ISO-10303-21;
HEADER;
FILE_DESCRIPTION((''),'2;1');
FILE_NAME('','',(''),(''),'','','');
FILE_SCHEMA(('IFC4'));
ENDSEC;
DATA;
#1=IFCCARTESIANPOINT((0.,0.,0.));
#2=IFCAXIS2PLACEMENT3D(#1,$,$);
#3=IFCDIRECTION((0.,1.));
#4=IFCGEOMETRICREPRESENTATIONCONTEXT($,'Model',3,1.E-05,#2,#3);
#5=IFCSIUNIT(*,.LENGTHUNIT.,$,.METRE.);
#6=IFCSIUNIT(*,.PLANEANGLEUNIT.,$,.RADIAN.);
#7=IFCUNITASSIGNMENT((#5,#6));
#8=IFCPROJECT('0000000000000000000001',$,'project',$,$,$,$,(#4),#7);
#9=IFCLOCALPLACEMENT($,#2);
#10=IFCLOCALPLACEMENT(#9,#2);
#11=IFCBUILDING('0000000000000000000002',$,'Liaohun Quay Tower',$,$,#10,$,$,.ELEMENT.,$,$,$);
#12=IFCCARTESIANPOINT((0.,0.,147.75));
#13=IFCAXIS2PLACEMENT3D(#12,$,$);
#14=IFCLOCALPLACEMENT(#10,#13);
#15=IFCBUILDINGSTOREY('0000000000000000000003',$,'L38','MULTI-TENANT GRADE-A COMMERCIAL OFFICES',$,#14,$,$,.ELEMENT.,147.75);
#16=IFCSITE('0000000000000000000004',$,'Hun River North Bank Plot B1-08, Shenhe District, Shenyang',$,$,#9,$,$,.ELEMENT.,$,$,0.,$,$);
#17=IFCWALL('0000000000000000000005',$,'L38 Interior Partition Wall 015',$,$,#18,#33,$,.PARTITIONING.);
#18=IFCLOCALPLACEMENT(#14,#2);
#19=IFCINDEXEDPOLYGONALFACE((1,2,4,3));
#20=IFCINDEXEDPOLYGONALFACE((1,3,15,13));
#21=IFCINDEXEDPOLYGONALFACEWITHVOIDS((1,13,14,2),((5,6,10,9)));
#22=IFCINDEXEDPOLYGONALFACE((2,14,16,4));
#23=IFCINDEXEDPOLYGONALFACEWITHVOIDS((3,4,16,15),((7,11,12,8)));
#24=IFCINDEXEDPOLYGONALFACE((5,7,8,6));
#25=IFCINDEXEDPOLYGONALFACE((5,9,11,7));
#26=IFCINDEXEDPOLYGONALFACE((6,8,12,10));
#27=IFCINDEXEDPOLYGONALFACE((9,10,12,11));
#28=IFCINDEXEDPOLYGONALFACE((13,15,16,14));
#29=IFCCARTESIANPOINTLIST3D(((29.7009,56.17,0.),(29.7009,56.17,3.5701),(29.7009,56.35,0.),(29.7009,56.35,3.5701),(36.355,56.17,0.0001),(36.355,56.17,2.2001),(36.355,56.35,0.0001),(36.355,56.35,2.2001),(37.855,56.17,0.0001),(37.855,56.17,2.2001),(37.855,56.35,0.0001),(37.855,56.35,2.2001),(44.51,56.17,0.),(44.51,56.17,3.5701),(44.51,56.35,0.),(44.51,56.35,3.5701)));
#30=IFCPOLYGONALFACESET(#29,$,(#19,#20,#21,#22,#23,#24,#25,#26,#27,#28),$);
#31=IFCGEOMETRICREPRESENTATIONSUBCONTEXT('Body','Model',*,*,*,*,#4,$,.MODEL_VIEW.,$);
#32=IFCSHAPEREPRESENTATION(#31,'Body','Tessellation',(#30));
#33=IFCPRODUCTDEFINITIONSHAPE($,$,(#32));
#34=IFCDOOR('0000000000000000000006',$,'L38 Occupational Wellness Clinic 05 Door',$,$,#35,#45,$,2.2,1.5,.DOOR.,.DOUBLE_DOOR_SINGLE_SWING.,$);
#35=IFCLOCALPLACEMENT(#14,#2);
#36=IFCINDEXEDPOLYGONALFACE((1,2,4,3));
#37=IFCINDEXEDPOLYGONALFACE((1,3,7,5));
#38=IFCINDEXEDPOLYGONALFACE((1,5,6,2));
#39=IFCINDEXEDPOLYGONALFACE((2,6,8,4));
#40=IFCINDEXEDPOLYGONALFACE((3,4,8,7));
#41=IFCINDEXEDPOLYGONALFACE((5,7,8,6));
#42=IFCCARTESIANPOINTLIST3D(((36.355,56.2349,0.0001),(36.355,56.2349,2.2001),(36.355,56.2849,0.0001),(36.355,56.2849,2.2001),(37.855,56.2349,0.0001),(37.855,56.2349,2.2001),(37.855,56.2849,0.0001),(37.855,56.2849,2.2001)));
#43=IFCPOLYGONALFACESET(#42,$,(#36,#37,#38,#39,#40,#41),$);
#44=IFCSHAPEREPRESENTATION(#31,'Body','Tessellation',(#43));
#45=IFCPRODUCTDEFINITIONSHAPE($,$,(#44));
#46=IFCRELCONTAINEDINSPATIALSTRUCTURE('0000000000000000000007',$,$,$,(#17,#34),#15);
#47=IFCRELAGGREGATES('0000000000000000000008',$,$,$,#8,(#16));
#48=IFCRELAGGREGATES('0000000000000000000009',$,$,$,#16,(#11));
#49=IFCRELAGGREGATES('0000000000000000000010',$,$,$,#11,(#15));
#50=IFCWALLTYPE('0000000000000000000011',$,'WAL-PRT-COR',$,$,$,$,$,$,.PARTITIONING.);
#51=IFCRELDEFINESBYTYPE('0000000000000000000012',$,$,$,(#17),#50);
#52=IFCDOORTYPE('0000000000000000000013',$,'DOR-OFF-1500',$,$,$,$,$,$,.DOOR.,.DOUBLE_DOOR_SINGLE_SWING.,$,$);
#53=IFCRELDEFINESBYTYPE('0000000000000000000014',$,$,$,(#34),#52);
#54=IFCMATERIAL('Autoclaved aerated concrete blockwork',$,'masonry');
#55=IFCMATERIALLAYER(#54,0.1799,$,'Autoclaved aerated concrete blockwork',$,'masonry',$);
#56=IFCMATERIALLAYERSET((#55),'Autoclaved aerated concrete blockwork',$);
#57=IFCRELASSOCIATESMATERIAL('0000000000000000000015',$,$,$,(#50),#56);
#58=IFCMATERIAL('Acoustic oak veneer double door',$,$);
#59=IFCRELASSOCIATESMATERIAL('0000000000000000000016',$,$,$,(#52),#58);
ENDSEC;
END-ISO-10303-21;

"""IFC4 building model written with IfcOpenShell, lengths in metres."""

from ifc_helpers import new_model, si_unit, direction, frame, frame_2d, origin, place, context, subcontext, project, spatial, rectangle, extrude, source, transform, mapped, material, layer, layer_set, type_object, element, fill, save


model = new_model("IFC4")

# Units and contexts
model_context = context("Model", 3, precision=1e-05, world=origin(), true_north=direction((0.0, 1.0)))
body_context = subcontext(model_context, "Body", "Model", "MODEL_VIEW")
ifc_project = project(units=[si_unit("LENGTHUNIT", "METRE"), si_unit("PLANEANGLEUNIT", "RADIAN")], contexts=[model_context])

# Site, building, storey
site_placement = place(None, origin())
site = spatial("IfcSite", under=ifc_project, at=site_placement, Name="Hun River North Bank Plot B1-08, Shenhe District, Shenyang", CompositionType="ELEMENT", RefElevation=0.0)
building_placement = place(site_placement, origin())
building = spatial("IfcBuilding", under=site, at=building_placement, Name="Liaohun Quay Tower", CompositionType="ELEMENT")
storey_placement = place(building_placement, frame((0.0, 0.0, 147.75)))
storey = spatial("IfcBuildingStorey", under=building, at=storey_placement, Name="L38", Description="MULTI-TENANT GRADE-A COMMERCIAL OFFICES", CompositionType="ELEMENT", Elevation=147.75)

# Wall, opening, door
ifc_material_1 = material(Name="Autoclaved aerated concrete blockwork", Category="masonry")
ifc_layer_1 = layer(ifc_material_1, 0.1799, Name="Autoclaved aerated concrete blockwork", Category="masonry")
ifc_layer_set_1 = layer_set([ifc_layer_1], Name="Autoclaved aerated concrete blockwork")
wall_type_1 = type_object("IfcWallType", Name="WAL-PRT-COR", PredefinedType="PARTITIONING", material=ifc_layer_set_1)
shared_shape_1 = source(origin(), body_context, "Body", "SweptSolid", [
    extrude(rectangle(XDim=1.5, YDim=2.2, at=frame_2d((0.75, 1.1001))), frame((0.0, 0.0999, 0.0), z_axis=(0.0, -1.0, 0.0), x_axis=(1.0, 0.0, 0.0)), (0.0, 0.0, 1.0), 0.2),
])
ifc_material_2 = material(Name="Acoustic oak veneer double door")
door_type = type_object("IfcDoorType", Name="DOR-OFF-1500", OperationType="DOUBLE_DOOR_SINGLE_SWING", PredefinedType="DOOR", material=ifc_material_2)
shared_shape_2 = source(origin(), body_context, "Body", "SweptSolid", [
    extrude(rectangle(XDim=1.5, YDim=2.2, at=frame_2d((0.75, 1.1001))), frame((0.0, 0.0249, 0.0), z_axis=(0.0, -1.0, 0.0), x_axis=(1.0, 0.0, 0.0)), (0.0, 0.0, 1.0), 0.05),
])
wall_1_placement = place(storey_placement, frame((29.7009, 56.26, 0.0), z_axis=(0.0, 0.0, 1.0), x_axis=(1.0, 0.0, 0.0)))
wall_1 = element("IfcWall", 1, at=wall_1_placement, inside=storey, type_object=wall_type_1, Name="L38 Interior Partition Wall 015", PredefinedType="PARTITIONING", context=body_context, shape_type="SweptSolid", body=[
    extrude(rectangle(XDim=14.8091, YDim=0.1799, at=frame_2d((7.4045, 0.0))), origin(), (0.0, 0.0, 1.0), 3.5701),
])
opening_1_placement = place(wall_1_placement, frame((6.6541, 0.0, 0.0)))
opening_1 = element("IfcOpeningElement", 2, at=opening_1_placement, cuts=wall_1, PredefinedType="OPENING", context=body_context, shape_type="MappedRepresentation", body=[
    mapped(shared_shape_1, transform((0.0, 0.0, 0.0), x_axis=(1.0, 0.0, 0.0), y_axis=(0.0, 1.0, 0.0), z_axis=(0.0, 0.0, 1.0), scale=1.0)),
])
door_1_placement = place(opening_1_placement, origin())
door_1 = element("IfcDoor", 3, at=door_1_placement, inside=storey, type_object=door_type, Name="L38 Occupational Wellness Clinic 05 Door", OperationType="DOUBLE_DOOR_SINGLE_SWING", OverallHeight=2.2, OverallWidth=1.5, PredefinedType="DOOR", context=body_context, shape_type="MappedRepresentation", body=[
    mapped(shared_shape_2, transform((0.0, 0.0, 0.0), x_axis=(1.0, 0.0, 0.0), y_axis=(0.0, 1.0, 0.0), z_axis=(0.0, 0.0, 1.0), scale=1.0)),
])
fill(opening_1, door_1)

save(model, "model.ifc")
